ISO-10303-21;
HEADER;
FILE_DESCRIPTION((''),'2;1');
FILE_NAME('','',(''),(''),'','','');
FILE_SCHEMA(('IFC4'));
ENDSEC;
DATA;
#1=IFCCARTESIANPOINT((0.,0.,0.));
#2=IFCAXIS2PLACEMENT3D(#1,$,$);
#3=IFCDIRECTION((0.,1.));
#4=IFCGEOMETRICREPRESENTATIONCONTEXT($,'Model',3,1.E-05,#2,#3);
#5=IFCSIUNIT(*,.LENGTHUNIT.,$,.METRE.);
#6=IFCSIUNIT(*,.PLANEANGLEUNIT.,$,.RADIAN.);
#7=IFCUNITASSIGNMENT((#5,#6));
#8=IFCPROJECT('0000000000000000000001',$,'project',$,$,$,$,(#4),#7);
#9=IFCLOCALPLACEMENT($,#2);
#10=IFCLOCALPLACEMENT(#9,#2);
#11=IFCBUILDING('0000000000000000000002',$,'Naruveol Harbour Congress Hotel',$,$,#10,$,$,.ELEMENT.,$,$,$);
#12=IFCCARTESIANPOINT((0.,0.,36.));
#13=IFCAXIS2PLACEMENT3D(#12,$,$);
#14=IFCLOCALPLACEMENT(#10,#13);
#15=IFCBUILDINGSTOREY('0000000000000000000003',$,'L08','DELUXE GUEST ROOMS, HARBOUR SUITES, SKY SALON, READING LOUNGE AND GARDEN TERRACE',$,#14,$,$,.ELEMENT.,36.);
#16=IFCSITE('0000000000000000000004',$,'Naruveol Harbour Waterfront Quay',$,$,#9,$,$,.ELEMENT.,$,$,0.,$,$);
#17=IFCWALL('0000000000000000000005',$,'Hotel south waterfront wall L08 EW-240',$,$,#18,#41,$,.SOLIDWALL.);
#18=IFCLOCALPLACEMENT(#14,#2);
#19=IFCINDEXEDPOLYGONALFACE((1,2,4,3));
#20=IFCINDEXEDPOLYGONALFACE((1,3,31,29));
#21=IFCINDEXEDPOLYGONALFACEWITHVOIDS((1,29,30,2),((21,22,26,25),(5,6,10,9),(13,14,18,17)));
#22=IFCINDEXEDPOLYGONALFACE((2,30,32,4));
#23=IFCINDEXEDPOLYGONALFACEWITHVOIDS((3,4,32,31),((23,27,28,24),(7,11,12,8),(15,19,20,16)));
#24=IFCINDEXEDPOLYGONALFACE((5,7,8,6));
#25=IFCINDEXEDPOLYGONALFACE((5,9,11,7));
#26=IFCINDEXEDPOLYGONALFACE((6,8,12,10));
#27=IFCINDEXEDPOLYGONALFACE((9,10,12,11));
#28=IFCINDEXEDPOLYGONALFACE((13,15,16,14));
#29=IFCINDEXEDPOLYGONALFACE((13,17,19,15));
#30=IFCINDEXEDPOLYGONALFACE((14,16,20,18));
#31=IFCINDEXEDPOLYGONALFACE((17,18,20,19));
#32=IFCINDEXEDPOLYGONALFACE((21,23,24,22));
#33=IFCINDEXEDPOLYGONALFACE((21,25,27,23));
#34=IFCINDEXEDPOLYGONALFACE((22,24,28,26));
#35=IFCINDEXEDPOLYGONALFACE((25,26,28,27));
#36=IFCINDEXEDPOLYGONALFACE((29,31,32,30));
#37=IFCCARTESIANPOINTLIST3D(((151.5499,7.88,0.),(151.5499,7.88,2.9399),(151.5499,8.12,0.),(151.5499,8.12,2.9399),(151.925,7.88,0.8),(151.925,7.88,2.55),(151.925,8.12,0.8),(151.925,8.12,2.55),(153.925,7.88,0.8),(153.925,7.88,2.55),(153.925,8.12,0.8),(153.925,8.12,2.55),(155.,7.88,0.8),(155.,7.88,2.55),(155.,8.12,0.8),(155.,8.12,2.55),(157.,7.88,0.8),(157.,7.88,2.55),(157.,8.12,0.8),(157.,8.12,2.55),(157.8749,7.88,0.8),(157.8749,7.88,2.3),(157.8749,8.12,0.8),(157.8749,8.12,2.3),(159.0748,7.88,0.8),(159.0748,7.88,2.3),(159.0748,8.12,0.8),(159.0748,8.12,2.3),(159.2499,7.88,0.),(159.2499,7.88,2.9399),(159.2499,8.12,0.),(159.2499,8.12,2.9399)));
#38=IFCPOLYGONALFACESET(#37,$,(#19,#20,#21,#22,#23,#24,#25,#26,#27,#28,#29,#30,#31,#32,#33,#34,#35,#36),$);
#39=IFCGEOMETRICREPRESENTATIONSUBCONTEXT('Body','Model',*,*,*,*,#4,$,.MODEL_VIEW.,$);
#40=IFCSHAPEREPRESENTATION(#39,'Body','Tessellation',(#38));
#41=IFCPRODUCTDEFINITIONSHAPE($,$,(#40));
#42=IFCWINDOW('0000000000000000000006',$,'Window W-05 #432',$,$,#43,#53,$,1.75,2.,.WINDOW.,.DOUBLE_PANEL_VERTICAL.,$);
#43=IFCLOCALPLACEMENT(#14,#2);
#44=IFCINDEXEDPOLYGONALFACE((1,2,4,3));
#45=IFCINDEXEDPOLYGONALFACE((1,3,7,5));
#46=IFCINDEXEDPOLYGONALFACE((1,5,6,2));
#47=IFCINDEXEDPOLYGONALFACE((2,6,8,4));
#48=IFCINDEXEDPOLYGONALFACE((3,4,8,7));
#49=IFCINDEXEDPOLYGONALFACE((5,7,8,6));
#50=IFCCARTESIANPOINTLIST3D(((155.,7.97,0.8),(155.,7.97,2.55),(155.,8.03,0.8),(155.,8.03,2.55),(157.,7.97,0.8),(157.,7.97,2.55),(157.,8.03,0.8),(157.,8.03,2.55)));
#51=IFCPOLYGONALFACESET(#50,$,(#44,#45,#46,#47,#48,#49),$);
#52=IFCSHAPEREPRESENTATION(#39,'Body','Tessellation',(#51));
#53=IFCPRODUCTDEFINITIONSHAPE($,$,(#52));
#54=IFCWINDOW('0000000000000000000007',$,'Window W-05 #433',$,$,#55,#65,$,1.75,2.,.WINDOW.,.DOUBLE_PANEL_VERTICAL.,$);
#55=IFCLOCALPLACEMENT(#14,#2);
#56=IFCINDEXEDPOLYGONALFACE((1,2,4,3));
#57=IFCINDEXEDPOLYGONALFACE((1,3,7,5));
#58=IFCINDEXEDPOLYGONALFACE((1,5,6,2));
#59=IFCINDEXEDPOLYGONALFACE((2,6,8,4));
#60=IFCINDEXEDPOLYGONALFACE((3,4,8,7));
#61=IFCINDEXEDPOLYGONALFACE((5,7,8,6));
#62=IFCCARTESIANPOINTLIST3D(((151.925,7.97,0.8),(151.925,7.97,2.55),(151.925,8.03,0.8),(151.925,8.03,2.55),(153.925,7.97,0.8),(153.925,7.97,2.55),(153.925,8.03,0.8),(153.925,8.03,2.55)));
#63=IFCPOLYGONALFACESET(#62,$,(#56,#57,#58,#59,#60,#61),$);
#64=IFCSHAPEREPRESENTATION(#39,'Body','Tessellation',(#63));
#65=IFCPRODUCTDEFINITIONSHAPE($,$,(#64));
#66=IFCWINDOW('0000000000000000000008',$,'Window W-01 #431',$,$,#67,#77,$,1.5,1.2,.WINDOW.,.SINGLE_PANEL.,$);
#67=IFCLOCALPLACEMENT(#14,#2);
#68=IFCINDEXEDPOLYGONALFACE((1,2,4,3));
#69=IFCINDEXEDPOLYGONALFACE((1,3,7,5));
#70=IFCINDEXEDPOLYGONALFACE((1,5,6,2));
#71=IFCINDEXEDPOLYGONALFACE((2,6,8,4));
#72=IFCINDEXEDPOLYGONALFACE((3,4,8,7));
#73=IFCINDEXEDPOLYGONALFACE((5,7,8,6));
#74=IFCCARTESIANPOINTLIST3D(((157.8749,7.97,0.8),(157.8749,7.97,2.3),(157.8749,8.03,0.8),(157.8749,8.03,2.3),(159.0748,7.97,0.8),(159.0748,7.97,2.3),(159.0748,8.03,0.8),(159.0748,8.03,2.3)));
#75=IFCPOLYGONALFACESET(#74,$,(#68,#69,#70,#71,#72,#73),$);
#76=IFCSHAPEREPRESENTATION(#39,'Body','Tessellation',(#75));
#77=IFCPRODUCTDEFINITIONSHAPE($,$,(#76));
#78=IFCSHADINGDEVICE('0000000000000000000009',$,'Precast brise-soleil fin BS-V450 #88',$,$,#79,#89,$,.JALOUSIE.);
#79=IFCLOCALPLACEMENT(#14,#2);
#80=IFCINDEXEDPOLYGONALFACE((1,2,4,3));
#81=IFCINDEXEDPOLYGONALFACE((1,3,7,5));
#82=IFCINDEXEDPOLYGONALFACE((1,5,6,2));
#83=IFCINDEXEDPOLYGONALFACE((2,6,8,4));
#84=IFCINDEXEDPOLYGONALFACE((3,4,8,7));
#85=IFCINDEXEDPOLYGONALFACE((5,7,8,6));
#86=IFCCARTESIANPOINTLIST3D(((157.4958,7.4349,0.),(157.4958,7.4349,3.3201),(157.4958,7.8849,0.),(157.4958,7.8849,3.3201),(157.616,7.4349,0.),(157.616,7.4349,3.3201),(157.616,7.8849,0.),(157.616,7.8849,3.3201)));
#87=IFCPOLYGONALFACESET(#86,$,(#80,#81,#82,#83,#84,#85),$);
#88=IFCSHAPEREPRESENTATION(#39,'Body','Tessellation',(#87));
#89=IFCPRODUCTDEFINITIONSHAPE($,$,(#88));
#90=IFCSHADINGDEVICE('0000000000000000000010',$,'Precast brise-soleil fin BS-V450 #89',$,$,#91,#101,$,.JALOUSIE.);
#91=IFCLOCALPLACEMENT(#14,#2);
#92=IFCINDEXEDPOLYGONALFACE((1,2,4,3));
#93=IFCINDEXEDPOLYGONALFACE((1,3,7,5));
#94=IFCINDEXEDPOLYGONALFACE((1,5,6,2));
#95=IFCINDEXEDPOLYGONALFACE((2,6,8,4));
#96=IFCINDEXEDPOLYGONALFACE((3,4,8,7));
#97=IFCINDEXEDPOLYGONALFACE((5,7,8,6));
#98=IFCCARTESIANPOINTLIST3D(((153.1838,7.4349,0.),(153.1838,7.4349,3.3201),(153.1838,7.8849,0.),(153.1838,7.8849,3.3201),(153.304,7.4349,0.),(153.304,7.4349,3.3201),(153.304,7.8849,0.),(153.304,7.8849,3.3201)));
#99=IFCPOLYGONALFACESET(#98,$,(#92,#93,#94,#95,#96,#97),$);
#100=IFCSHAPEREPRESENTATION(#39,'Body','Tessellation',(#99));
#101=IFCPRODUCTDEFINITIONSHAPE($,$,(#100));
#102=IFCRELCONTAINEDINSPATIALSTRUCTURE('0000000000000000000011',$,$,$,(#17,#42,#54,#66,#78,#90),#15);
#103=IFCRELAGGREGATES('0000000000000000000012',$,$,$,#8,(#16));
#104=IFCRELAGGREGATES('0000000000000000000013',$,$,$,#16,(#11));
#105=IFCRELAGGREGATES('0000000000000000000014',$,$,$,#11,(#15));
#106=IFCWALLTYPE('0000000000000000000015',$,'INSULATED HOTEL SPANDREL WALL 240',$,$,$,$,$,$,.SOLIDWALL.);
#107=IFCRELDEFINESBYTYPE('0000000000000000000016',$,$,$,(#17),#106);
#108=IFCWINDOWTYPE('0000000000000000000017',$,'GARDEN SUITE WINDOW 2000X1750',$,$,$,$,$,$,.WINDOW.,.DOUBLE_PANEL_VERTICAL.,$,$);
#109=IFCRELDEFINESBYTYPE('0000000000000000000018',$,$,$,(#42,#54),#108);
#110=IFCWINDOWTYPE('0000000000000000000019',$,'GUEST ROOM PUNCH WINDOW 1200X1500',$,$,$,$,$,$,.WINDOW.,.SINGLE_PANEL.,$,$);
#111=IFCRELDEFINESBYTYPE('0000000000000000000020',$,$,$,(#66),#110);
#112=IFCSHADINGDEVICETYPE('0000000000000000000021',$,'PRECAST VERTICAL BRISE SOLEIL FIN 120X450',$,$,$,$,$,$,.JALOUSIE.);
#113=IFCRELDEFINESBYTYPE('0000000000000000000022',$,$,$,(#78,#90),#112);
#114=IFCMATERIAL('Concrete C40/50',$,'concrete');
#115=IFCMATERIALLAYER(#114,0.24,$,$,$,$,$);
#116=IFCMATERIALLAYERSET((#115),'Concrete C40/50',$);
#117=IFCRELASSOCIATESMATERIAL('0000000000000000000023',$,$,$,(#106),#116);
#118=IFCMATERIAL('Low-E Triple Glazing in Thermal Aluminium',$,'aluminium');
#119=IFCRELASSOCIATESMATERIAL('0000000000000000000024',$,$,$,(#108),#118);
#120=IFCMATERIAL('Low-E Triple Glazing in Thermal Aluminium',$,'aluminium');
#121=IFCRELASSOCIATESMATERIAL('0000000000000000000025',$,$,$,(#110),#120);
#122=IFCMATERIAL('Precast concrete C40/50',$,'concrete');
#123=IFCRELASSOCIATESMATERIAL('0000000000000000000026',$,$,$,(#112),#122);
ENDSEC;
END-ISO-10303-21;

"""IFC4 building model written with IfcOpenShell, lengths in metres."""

from ifc_helpers import new_model, si_unit, direction, frame, frame_2d, origin, origin_2d, place, context, subcontext, project, spatial, rectangle, extrude, material, layer, layer_set, type_object, element, fill, save


model = new_model("IFC4")

# Units and contexts
model_context = context("Model", 3, precision=1e-05, world=origin(), true_north=direction((0.0, 1.0)))
body_context = subcontext(model_context, "Body", "Model", "MODEL_VIEW")
ifc_project = project(units=[si_unit("LENGTHUNIT", "METRE"), si_unit("PLANEANGLEUNIT", "RADIAN")], contexts=[model_context])

# Site, building, storey
site_placement = place(None, origin())
site = spatial("IfcSite", under=ifc_project, at=site_placement, Name="Naruveol Harbour Waterfront Quay", CompositionType="ELEMENT", RefElevation=0.0)
building_placement = place(site_placement, origin())
building = spatial("IfcBuilding", under=site, at=building_placement, Name="Naruveol Harbour Congress Hotel", CompositionType="ELEMENT")
storey_placement = place(building_placement, frame((0.0, 0.0, 36.0)))
storey = spatial("IfcBuildingStorey", under=building, at=storey_placement, Name="L08", Description="DELUXE GUEST ROOMS, HARBOUR SUITES, SKY SALON, READING LOUNGE AND GARDEN TERRACE", CompositionType="ELEMENT", Elevation=36.0)

# Wall, openings, windows
ifc_material_1 = material(Name="Concrete C40/50", Category="concrete")
ifc_layer_1 = layer(ifc_material_1, 0.24)
ifc_layer_set_1 = layer_set([ifc_layer_1], Name="Concrete C40/50")
wall_type_1 = type_object("IfcWallType", Name="INSULATED HOTEL SPANDREL WALL 240", PredefinedType="SOLIDWALL", material=ifc_layer_set_1)
wall_1_placement = place(storey_placement, frame((159.25, 8.0, 0.0), z_axis=(0.0, 0.0, 1.0), x_axis=(-1.0, 0.0, 0.0)))
wall_1 = element("IfcWall", 1, at=wall_1_placement, inside=storey, type_object=wall_type_1, Name="Hotel south waterfront wall L08 EW-240", PredefinedType="SOLIDWALL", context=body_context, shape_type="SweptSolid", body=[
    extrude(rectangle(XDim=7.7, YDim=0.24, at=frame_2d((3.8501, 0.0))), origin(), (0.0, 0.0, 1.0), 2.9399),
])
opening_1_placement = place(wall_1_placement, frame((0.175, 0.0, 0.8)))
opening_1 = element("IfcOpeningElement", 2, at=opening_1_placement, cuts=wall_1, PredefinedType="OPENING", context=body_context, shape_type="SweptSolid", body=[
    extrude(rectangle(XDim=1.2, YDim=1.5, at=frame_2d((0.6001, 0.75))), frame((0.0, 0.1299, 0.0), z_axis=(0.0, -1.0, 0.0), x_axis=(1.0, 0.0, 0.0)), (0.0, 0.0, 1.0), 0.26),
])
opening_2_placement = place(wall_1_placement, frame((2.25, 0.0, 0.8)))
opening_2 = element("IfcOpeningElement", 3, at=opening_2_placement, cuts=wall_1, PredefinedType="OPENING", context=body_context, shape_type="SweptSolid", body=[
    extrude(rectangle(XDim=2.0, YDim=1.75, at=frame_2d((1.0, 0.875))), frame((0.0, 0.1299, 0.0), z_axis=(0.0, -1.0, 0.0), x_axis=(1.0, 0.0, 0.0)), (0.0, 0.0, 1.0), 0.26),
])
opening_3_placement = place(wall_1_placement, frame((5.325, 0.0, 0.8)))
opening_3 = element("IfcOpeningElement", 4, at=opening_3_placement, cuts=wall_1, PredefinedType="OPENING", context=body_context, shape_type="SweptSolid", body=[
    extrude(rectangle(XDim=2.0, YDim=1.75, at=frame_2d((1.0, 0.875))), frame((0.0, 0.1299, 0.0), z_axis=(0.0, -1.0, 0.0), x_axis=(1.0, 0.0, 0.0)), (0.0, 0.0, 1.0), 0.26),
])
ifc_material_2 = material(Name="Low-E Triple Glazing in Thermal Aluminium", Category="aluminium")
window_type_1 = type_object("IfcWindowType", Name="GARDEN SUITE WINDOW 2000X1750", PartitioningType="DOUBLE_PANEL_VERTICAL", PredefinedType="WINDOW", material=ifc_material_2)
window_1_placement = place(opening_2_placement, origin())
window_1 = element("IfcWindow", 5, at=window_1_placement, inside=storey, type_object=window_type_1, Name="Window W-05 #432", OverallHeight=1.75, OverallWidth=2.0, PartitioningType="DOUBLE_PANEL_VERTICAL", PredefinedType="WINDOW", context=body_context, shape_type="SweptSolid", body=[
    extrude(rectangle(XDim=2.0, YDim=1.75, at=frame_2d((1.0, 0.875))), frame((0.0, 0.03, 0.0), z_axis=(0.0, -1.0, 0.0), x_axis=(1.0, 0.0, 0.0)), (0.0, 0.0, 1.0), 0.0601),
])
fill(opening_2, window_1)
window_2_placement = place(opening_3_placement, origin())
window_2 = element("IfcWindow", 6, at=window_2_placement, inside=storey, type_object=window_type_1, Name="Window W-05 #433", OverallHeight=1.75, OverallWidth=2.0, PartitioningType="DOUBLE_PANEL_VERTICAL", PredefinedType="WINDOW", context=body_context, shape_type="SweptSolid", body=[
    extrude(rectangle(XDim=2.0, YDim=1.75, at=frame_2d((1.0, 0.875))), frame((0.0, 0.03, 0.0), z_axis=(0.0, -1.0, 0.0), x_axis=(1.0, 0.0, 0.0)), (0.0, 0.0, 1.0), 0.0601),
])
fill(opening_3, window_2)
ifc_material_3 = material(Name="Low-E Triple Glazing in Thermal Aluminium", Category="aluminium")
window_type_2 = type_object("IfcWindowType", Name="GUEST ROOM PUNCH WINDOW 1200X1500", PartitioningType="SINGLE_PANEL", PredefinedType="WINDOW", material=ifc_material_3)
window_3_placement = place(opening_1_placement, origin())
window_3 = element("IfcWindow", 7, at=window_3_placement, inside=storey, type_object=window_type_2, Name="Window W-01 #431", OverallHeight=1.5, OverallWidth=1.2, PartitioningType="SINGLE_PANEL", PredefinedType="WINDOW", context=body_context, shape_type="SweptSolid", body=[
    extrude(rectangle(XDim=1.2, YDim=1.5, at=frame_2d((0.6001, 0.75))), frame((0.0, 0.03, 0.0), z_axis=(0.0, -1.0, 0.0), x_axis=(1.0, 0.0, 0.0)), (0.0, 0.0, 1.0), 0.0601),
])
fill(opening_1, window_3)

# Shading devices
ifc_material_4 = material(Name="Precast concrete C40/50", Category="concrete")
shading_device_type = type_object("IfcShadingDeviceType", Name="PRECAST VERTICAL BRISE SOLEIL FIN 120X450", PredefinedType="JALOUSIE", material=ifc_material_4)
for number, where, z_axis, x_axis, name in (
    (8, (157.5559, 7.6599, 0.0), (0.0, 0.0, 1.0), (-1.0, 0.0, 0.0), "Precast brise-soleil fin BS-V450 #88"),
    (9, (153.2439, 7.6599, 0.0), (0.0, 0.0, 1.0), (-1.0, 0.0, 0.0), "Precast brise-soleil fin BS-V450 #89"),
):
    element("IfcShadingDevice", number, at=place(storey_placement, frame(where, z_axis=z_axis, x_axis=x_axis)), inside=storey, type_object=shading_device_type, Name=name, PredefinedType="JALOUSIE", context=body_context, shape_type="SweptSolid", body=[
        extrude(rectangle(XDim=0.1201, YDim=0.45, at=origin_2d()), origin(), (0.0, 0.0, 1.0), 3.3201),
    ])

save(model, "model.ifc")
